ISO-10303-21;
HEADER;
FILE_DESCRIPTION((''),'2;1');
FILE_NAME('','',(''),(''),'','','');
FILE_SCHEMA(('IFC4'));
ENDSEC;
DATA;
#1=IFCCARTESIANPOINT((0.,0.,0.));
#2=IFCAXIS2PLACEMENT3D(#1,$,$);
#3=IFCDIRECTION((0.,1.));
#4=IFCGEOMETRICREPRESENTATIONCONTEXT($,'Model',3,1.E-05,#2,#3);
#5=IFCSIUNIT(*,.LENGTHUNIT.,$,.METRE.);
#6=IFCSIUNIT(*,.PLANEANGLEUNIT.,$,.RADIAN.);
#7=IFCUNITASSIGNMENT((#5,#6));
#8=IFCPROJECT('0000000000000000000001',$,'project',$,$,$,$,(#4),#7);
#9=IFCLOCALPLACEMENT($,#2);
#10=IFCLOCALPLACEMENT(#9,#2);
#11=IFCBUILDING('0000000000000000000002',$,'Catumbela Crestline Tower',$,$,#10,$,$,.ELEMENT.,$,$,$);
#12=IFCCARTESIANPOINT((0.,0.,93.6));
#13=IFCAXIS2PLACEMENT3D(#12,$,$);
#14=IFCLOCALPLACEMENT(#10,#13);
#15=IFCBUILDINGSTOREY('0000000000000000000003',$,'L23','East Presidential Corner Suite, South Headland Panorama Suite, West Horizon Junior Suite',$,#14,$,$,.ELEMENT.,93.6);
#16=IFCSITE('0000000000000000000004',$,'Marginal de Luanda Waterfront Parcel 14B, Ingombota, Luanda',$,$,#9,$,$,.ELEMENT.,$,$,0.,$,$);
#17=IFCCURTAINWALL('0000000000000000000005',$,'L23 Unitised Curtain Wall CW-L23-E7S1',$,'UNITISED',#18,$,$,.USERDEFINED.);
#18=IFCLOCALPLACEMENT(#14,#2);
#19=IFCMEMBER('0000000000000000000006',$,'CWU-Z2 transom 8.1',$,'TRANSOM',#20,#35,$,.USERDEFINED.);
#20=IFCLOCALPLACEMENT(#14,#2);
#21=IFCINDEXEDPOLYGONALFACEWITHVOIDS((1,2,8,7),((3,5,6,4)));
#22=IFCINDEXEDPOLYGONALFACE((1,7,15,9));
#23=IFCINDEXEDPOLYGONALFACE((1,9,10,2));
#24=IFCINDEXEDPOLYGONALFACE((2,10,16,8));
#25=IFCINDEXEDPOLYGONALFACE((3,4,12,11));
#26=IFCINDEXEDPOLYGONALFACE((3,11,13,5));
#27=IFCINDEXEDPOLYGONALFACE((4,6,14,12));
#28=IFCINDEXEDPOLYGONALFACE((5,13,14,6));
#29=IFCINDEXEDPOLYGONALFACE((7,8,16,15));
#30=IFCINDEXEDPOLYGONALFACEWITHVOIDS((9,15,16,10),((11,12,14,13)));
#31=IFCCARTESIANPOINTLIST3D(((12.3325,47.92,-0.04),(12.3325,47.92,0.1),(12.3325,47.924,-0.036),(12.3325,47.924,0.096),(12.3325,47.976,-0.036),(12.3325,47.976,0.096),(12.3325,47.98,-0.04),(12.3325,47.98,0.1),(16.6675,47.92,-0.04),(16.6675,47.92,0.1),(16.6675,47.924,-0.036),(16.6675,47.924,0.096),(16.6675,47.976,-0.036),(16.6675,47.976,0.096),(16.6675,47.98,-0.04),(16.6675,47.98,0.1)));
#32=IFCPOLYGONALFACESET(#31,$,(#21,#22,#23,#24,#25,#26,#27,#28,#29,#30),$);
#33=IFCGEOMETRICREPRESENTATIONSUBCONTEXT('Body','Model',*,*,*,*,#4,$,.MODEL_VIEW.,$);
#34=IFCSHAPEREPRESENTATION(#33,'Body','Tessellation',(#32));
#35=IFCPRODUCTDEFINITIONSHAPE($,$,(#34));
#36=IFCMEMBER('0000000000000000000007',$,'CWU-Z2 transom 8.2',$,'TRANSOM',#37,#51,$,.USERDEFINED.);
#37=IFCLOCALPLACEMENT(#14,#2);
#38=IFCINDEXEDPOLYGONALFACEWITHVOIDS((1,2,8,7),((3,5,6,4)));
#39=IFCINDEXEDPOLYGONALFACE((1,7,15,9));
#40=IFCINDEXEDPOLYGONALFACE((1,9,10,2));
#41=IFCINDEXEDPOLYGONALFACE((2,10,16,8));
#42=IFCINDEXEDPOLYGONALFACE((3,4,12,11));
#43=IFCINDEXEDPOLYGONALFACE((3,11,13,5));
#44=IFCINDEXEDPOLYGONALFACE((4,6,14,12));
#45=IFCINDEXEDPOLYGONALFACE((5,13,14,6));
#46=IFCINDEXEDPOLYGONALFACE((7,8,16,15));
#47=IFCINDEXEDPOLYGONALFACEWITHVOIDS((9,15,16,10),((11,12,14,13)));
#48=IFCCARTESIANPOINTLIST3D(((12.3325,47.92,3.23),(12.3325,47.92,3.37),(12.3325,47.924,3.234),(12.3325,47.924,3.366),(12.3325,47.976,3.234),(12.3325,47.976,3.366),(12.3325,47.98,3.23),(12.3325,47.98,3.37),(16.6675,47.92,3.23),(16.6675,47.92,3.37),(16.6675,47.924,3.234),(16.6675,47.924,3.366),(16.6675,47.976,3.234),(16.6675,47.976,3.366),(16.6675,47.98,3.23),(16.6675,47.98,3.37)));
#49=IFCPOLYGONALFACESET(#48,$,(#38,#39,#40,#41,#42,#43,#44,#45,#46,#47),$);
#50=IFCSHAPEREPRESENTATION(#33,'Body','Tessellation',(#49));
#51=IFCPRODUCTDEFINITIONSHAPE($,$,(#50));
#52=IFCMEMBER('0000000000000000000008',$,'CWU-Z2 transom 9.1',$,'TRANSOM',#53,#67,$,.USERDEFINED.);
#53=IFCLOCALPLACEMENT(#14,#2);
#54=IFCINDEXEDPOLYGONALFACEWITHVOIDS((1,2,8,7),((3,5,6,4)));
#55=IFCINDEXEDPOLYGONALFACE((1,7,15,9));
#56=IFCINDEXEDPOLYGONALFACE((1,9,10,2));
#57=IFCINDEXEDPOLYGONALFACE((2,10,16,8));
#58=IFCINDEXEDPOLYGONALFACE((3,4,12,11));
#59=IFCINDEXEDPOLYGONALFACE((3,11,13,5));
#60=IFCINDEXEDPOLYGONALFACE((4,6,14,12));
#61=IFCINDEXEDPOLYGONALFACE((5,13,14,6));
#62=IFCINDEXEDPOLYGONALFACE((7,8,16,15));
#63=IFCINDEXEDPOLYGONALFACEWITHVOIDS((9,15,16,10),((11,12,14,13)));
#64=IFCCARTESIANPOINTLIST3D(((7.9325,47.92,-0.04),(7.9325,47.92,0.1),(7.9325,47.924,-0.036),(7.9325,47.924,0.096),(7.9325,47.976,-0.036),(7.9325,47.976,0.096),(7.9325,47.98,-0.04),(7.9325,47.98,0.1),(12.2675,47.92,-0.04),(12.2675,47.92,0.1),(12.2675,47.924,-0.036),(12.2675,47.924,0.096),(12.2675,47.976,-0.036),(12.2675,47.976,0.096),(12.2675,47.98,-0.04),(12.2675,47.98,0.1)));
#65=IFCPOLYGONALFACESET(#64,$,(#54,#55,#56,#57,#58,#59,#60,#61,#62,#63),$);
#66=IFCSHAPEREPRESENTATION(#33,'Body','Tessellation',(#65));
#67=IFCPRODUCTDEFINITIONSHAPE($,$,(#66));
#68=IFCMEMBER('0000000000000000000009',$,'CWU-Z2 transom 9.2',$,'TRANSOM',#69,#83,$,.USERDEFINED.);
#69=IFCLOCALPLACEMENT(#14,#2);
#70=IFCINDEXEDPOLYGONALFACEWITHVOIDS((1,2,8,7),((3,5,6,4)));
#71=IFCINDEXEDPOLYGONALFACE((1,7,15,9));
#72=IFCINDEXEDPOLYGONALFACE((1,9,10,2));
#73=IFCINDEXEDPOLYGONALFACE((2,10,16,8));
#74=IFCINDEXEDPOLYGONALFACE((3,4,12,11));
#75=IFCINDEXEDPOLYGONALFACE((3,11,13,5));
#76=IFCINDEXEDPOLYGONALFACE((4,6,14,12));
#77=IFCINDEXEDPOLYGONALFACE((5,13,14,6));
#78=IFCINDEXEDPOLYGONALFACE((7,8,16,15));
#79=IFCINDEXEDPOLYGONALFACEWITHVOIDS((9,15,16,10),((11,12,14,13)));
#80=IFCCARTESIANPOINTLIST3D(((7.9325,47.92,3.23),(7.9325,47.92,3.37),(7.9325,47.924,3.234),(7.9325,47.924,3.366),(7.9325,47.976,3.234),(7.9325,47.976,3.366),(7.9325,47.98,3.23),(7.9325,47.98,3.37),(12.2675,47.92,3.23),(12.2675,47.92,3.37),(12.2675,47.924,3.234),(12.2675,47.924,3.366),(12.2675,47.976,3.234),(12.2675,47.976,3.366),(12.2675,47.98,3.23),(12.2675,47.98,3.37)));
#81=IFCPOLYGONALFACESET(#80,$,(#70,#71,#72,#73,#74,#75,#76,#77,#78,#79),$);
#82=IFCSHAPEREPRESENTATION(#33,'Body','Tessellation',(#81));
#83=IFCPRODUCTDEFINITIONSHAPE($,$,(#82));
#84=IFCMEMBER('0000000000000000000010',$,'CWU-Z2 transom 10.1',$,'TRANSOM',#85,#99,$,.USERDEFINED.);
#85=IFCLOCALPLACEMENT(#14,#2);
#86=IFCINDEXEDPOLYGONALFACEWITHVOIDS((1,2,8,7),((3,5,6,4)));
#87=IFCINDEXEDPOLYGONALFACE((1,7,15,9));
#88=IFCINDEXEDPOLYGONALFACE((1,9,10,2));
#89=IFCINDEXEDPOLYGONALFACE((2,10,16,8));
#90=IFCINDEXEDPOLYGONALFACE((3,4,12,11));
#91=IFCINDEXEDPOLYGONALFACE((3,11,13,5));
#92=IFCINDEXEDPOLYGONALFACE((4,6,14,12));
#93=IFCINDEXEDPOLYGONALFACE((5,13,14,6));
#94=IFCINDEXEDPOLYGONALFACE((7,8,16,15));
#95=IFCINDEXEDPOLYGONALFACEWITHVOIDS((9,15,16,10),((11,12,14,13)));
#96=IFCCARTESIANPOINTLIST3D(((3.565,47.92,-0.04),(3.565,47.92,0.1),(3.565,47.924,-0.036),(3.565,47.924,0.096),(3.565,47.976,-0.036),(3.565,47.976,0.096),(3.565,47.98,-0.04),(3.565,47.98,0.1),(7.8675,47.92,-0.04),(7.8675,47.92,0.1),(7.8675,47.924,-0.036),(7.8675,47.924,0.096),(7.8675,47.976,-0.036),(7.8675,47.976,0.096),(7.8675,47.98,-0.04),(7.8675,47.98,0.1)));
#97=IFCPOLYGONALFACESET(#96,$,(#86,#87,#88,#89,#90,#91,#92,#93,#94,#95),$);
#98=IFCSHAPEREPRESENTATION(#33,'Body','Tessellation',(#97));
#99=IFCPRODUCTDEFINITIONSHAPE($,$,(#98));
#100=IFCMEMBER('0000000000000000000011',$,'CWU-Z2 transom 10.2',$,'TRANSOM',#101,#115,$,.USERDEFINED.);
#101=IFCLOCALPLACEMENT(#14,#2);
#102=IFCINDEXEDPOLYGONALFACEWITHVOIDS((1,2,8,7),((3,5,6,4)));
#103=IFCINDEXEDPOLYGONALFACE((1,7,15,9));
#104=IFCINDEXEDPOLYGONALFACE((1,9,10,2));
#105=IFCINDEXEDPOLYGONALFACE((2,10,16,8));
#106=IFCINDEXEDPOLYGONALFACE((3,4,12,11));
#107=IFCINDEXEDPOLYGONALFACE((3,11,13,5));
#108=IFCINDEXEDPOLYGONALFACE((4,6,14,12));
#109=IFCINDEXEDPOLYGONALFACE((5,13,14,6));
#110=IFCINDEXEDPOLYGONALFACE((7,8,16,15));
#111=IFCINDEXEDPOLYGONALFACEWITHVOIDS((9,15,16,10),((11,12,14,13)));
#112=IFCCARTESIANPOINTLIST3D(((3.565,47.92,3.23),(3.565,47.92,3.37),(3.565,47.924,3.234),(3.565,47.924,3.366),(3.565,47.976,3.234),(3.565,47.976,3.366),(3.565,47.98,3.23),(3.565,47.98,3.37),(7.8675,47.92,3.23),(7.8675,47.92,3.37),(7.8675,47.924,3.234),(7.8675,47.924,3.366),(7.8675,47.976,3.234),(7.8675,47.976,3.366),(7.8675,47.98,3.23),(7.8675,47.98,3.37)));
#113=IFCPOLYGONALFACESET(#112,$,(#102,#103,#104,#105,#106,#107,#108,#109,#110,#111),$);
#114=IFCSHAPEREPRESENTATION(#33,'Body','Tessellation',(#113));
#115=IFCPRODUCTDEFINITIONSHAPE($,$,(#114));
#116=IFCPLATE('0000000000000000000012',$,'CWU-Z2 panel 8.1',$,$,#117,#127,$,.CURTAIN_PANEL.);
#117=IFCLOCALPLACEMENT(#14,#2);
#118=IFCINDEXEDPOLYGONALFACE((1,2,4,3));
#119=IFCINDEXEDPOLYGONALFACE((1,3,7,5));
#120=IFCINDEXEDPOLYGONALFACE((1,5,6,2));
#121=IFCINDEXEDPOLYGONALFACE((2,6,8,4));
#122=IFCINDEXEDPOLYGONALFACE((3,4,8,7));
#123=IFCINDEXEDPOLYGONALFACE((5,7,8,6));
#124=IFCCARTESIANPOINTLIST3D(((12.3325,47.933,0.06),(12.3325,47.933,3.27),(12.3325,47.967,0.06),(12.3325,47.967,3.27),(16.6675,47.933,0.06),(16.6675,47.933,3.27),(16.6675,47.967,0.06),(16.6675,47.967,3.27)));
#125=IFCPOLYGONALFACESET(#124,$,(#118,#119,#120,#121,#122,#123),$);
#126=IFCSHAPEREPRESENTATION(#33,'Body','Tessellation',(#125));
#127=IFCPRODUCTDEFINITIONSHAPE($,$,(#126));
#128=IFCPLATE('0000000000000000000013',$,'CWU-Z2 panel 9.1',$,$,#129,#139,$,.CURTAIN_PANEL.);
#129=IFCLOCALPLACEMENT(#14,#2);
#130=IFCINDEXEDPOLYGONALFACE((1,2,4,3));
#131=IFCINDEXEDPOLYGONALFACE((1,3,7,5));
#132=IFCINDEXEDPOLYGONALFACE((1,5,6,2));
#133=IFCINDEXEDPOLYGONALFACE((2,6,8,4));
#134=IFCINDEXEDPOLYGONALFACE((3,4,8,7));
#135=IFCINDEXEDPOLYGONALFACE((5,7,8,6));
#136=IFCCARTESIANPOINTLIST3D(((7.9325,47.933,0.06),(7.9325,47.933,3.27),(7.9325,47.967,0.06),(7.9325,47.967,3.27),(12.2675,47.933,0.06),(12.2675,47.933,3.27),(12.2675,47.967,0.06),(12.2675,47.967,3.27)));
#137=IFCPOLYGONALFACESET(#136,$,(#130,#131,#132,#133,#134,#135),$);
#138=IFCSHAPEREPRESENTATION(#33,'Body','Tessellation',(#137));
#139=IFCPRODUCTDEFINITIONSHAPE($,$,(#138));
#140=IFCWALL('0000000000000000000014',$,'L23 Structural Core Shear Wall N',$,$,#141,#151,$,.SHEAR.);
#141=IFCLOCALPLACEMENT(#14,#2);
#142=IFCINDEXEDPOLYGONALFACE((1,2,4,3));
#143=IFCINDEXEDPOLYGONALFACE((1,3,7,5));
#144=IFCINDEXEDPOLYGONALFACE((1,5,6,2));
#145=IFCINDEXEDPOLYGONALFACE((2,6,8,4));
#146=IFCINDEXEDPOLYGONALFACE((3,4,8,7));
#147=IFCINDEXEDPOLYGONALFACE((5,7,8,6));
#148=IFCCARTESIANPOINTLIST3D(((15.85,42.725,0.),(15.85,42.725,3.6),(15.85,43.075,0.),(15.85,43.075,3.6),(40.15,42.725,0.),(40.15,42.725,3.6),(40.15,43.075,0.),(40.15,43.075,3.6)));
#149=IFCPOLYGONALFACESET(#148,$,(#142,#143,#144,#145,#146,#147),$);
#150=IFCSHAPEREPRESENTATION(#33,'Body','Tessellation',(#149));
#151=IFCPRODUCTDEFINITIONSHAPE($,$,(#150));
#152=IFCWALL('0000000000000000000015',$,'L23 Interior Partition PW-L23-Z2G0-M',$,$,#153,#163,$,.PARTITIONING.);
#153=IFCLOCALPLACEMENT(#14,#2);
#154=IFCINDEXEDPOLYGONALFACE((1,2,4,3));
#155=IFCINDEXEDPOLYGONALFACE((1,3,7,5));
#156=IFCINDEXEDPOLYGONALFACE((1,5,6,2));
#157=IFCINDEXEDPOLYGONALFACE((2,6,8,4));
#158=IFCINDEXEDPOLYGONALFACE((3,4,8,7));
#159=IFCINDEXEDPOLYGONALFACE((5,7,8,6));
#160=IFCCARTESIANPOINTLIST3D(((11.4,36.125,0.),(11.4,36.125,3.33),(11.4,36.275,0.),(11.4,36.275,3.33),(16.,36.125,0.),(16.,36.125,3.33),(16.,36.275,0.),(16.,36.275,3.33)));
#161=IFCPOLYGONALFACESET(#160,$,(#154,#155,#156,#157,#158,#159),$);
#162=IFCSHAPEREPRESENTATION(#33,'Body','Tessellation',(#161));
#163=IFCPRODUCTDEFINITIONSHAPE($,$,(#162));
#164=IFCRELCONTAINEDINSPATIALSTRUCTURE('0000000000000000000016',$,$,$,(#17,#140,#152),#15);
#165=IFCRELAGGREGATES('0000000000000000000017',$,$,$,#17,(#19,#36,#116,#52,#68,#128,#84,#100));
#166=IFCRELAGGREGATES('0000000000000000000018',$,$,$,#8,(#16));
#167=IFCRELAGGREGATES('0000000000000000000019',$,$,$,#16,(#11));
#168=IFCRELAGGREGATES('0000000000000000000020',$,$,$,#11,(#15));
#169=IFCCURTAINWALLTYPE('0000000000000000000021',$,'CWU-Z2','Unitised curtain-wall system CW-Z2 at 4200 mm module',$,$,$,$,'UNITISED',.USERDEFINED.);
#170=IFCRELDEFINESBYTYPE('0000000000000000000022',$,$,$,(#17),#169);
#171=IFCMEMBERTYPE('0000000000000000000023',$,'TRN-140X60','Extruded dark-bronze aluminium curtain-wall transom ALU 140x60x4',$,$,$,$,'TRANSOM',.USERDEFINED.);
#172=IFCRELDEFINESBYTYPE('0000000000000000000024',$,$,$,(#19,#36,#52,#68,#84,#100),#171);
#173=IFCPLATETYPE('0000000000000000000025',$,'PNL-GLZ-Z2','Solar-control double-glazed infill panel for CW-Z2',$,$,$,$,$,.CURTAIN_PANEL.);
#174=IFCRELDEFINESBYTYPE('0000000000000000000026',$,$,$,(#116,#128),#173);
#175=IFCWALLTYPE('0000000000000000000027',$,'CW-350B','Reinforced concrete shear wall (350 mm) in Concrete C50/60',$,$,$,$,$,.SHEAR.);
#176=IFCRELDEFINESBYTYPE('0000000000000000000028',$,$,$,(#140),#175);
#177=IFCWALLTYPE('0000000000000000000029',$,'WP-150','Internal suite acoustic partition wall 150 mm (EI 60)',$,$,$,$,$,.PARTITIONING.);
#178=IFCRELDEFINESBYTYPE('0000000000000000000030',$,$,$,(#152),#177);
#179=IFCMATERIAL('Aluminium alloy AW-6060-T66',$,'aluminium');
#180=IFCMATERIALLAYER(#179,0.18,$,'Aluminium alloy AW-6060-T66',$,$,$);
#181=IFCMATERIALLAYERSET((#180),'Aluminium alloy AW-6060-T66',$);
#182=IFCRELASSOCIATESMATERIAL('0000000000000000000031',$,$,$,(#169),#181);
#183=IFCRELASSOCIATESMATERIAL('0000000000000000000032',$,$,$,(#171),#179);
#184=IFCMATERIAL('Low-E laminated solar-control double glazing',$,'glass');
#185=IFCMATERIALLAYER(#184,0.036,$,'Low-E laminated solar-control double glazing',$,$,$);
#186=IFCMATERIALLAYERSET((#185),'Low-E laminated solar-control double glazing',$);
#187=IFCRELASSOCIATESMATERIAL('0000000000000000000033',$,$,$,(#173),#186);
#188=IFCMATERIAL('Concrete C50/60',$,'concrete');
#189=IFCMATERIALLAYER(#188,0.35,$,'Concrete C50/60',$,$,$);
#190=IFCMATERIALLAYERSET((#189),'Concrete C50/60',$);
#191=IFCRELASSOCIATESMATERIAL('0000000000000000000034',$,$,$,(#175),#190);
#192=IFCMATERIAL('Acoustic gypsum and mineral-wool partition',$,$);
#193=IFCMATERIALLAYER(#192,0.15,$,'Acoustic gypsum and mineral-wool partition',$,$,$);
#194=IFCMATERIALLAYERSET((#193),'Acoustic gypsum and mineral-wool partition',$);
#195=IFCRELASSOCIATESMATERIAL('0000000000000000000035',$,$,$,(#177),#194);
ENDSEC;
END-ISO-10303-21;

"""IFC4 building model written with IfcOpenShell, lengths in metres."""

from ifc_helpers import new_model, si_unit, direction, frame, frame_2d, origin, origin_2d, place, context, subcontext, project, spatial, rectangle, hollow_rectangle, extrude, material, layer, layer_set, material_profile, profile_set, type_object, element, aggregate, save


model = new_model("IFC4")

# Units and contexts
model_context = context("Model", 3, precision=1e-05, world=origin(), true_north=direction((0.0, 1.0)))
body_context = subcontext(model_context, "Body", "Model", "MODEL_VIEW")
ifc_project = project(units=[si_unit("LENGTHUNIT", "METRE"), si_unit("PLANEANGLEUNIT", "RADIAN")], contexts=[model_context])

# Site, building, storey
site_placement = place(None, origin())
site = spatial("IfcSite", under=ifc_project, at=site_placement, Name="Marginal de Luanda Waterfront Parcel 14B, Ingombota, Luanda", CompositionType="ELEMENT", RefElevation=0.0)
building_placement = place(site_placement, origin())
building = spatial("IfcBuilding", under=site, at=building_placement, Name="Catumbela Crestline Tower", CompositionType="ELEMENT")
storey_placement = place(building_placement, frame((0.0, 0.0, 93.6)))
storey = spatial("IfcBuildingStorey", under=building, at=storey_placement, Name="L23", Description="East Presidential Corner Suite, South Headland Panorama Suite, West Horizon Junior Suite", CompositionType="ELEMENT", Elevation=93.6)

# Shared definitions
ifc_material_1 = material(Name="Concrete C50/60", Category="concrete")

# Curtain wall
ifc_material_2 = material(Name="Aluminium alloy AW-6060-T66", Category="aluminium")
ifc_layer_1 = layer(ifc_material_2, 0.18, Name="Aluminium alloy AW-6060-T66")
ifc_layer_set_1 = layer_set([ifc_layer_1], Name="Aluminium alloy AW-6060-T66")
curtain_wall_type = type_object("IfcCurtainWallType", Name="CWU-Z2", Description="Unitised curtain-wall system CW-Z2 at 4200 mm module", ElementType="UNITISED", PredefinedType="USERDEFINED", material=ifc_layer_set_1)
curtain_wall_placement = place(storey_placement, origin())
curtain_wall = element("IfcCurtainWall", 1, at=curtain_wall_placement, inside=storey, type_object=curtain_wall_type, Name="L23 Unitised Curtain Wall CW-L23-E7S1", ObjectType="UNITISED", PredefinedType="USERDEFINED")

# Members
ifc_material_profile_1 = material_profile(ifc_material_2, hollow_rectangle(XDim=0.06, YDim=0.14, WallThickness=0.004, at=origin_2d()), Name="ALU 140x60x4")
ifc_profile_set_1 = profile_set([ifc_material_profile_1], Name="Aluminium alloy AW-6060-T66")
member_type_1 = type_object("IfcMemberType", Name="TRN-140X60", Description="Extruded dark-bronze aluminium curtain-wall transom ALU 140x60x4", ElementType="TRANSOM", PredefinedType="USERDEFINED", material=ifc_profile_set_1)
member_1_placement = place(storey_placement, frame((16.6675, 47.95, 0.03), z_axis=(-1.0, 0.0, 0.0), x_axis=(0.0, -1.0, 0.0)))
member_1 = element("IfcMember", 2, at=member_1_placement, type_object=member_type_1, Name="CWU-Z2 transom 8.1", ObjectType="TRANSOM", PredefinedType="USERDEFINED", context=body_context, shape_type="SweptSolid", body=[
    extrude(hollow_rectangle(XDim=0.06, YDim=0.14, WallThickness=0.004, at=origin_2d()), origin(), (0.0, 0.0, 1.0), 4.335),
])
member_2_placement = place(storey_placement, frame((16.6675, 47.95, 3.3), z_axis=(-1.0, 0.0, 0.0), x_axis=(0.0, -1.0, 0.0)))
member_2 = element("IfcMember", 3, at=member_2_placement, type_object=member_type_1, Name="CWU-Z2 transom 8.2", ObjectType="TRANSOM", PredefinedType="USERDEFINED", context=body_context, shape_type="SweptSolid", body=[
    extrude(hollow_rectangle(XDim=0.06, YDim=0.14, WallThickness=0.004, at=origin_2d()), origin(), (0.0, 0.0, 1.0), 4.335),
])
member_3_placement = place(storey_placement, frame((12.2675, 47.95, 0.03), z_axis=(-1.0, 0.0, 0.0), x_axis=(0.0, -1.0, 0.0)))
member_3 = element("IfcMember", 4, at=member_3_placement, type_object=member_type_1, Name="CWU-Z2 transom 9.1", ObjectType="TRANSOM", PredefinedType="USERDEFINED", context=body_context, shape_type="SweptSolid", body=[
    extrude(hollow_rectangle(XDim=0.06, YDim=0.14, WallThickness=0.004, at=origin_2d()), origin(), (0.0, 0.0, 1.0), 4.335),
])
member_4_placement = place(storey_placement, frame((12.2675, 47.95, 3.3), z_axis=(-1.0, 0.0, 0.0), x_axis=(0.0, -1.0, 0.0)))
member_4 = element("IfcMember", 5, at=member_4_placement, type_object=member_type_1, Name="CWU-Z2 transom 9.2", ObjectType="TRANSOM", PredefinedType="USERDEFINED", context=body_context, shape_type="SweptSolid", body=[
    extrude(hollow_rectangle(XDim=0.06, YDim=0.14, WallThickness=0.004, at=origin_2d()), origin(), (0.0, 0.0, 1.0), 4.335),
])
member_5_placement = place(storey_placement, frame((7.8675, 47.95, 0.03), z_axis=(-1.0, 0.0, 0.0), x_axis=(0.0, -1.0, 0.0)))
member_5 = element("IfcMember", 6, at=member_5_placement, type_object=member_type_1, Name="CWU-Z2 transom 10.1", ObjectType="TRANSOM", PredefinedType="USERDEFINED", context=body_context, shape_type="SweptSolid", body=[
    extrude(hollow_rectangle(XDim=0.06, YDim=0.14, WallThickness=0.004, at=origin_2d()), origin(), (0.0, 0.0, 1.0), 4.3025),
])
member_6_placement = place(storey_placement, frame((7.8675, 47.95, 3.3), z_axis=(-1.0, 0.0, 0.0), x_axis=(0.0, -1.0, 0.0)))
member_6 = element("IfcMember", 7, at=member_6_placement, type_object=member_type_1, Name="CWU-Z2 transom 10.2", ObjectType="TRANSOM", PredefinedType="USERDEFINED", context=body_context, shape_type="SweptSolid", body=[
    extrude(hollow_rectangle(XDim=0.06, YDim=0.14, WallThickness=0.004, at=origin_2d()), origin(), (0.0, 0.0, 1.0), 4.3025),
])

# Plates
ifc_material_3 = material(Name="Low-E laminated solar-control double glazing", Category="glass")
ifc_layer_2 = layer(ifc_material_3, 0.036, Name="Low-E laminated solar-control double glazing")
ifc_layer_set_2 = layer_set([ifc_layer_2], Name="Low-E laminated solar-control double glazing")
plate_type = type_object("IfcPlateType", Name="PNL-GLZ-Z2", Description="Solar-control double-glazed infill panel for CW-Z2", PredefinedType="CURTAIN_PANEL", material=ifc_layer_set_2)
plate_1_placement = place(storey_placement, frame((14.5, 47.95, 0.06), z_axis=(0.0, 0.0, 1.0), x_axis=(-1.0, 0.0, 0.0)))
plate_1 = element("IfcPlate", 8, at=plate_1_placement, type_object=plate_type, Name="CWU-Z2 panel 8.1", PredefinedType="CURTAIN_PANEL", context=body_context, shape_type="SweptSolid", body=[
    extrude(rectangle(XDim=4.335, YDim=0.034, at=origin_2d()), origin(), (0.0, 0.0, 1.0), 3.21),
])
plate_2_placement = place(storey_placement, frame((10.1, 47.95, 0.06), z_axis=(0.0, 0.0, 1.0), x_axis=(-1.0, 0.0, 0.0)))
plate_2 = element("IfcPlate", 9, at=plate_2_placement, type_object=plate_type, Name="CWU-Z2 panel 9.1", PredefinedType="CURTAIN_PANEL", context=body_context, shape_type="SweptSolid", body=[
    extrude(rectangle(XDim=4.335, YDim=0.034, at=origin_2d()), origin(), (0.0, 0.0, 1.0), 3.21),
])
aggregate(curtain_wall, [member_1, member_2, plate_1, member_3, member_4, plate_2, member_5, member_6])

# Walls
ifc_layer_3 = layer(ifc_material_1, 0.35, Name="Concrete C50/60")
ifc_layer_set_3 = layer_set([ifc_layer_3], Name="Concrete C50/60")
wall_type_1 = type_object("IfcWallType", Name="CW-350B", Description="Reinforced concrete shear wall (350 mm) in Concrete C50/60", PredefinedType="SHEAR", material=ifc_layer_set_3)
wall_1_placement = place(storey_placement, frame((15.85, 42.9, 0.0), z_axis=(0.0, 0.0, 1.0), x_axis=(1.0, 0.0, 0.0)))
element("IfcWall", 10, at=wall_1_placement, inside=storey, type_object=wall_type_1, Name="L23 Structural Core Shear Wall N", PredefinedType="SHEAR", context=body_context, shape_type="SweptSolid", body=[
    extrude(rectangle(XDim=24.3, YDim=0.35, at=frame_2d((12.15, 0.0))), origin(), (0.0, 0.0, 1.0), 3.6),
])
ifc_material_4 = material(Name="Acoustic gypsum and mineral-wool partition")
ifc_layer_4 = layer(ifc_material_4, 0.15, Name="Acoustic gypsum and mineral-wool partition")
ifc_layer_set_4 = layer_set([ifc_layer_4], Name="Acoustic gypsum and mineral-wool partition")
wall_type_2 = type_object("IfcWallType", Name="WP-150", Description="Internal suite acoustic partition wall 150 mm (EI 60)", PredefinedType="PARTITIONING", material=ifc_layer_set_4)
wall_2_placement = place(storey_placement, frame((11.4, 36.2, 0.0), z_axis=(0.0, 0.0, 1.0), x_axis=(1.0, 0.0, 0.0)))
element("IfcWall", 11, at=wall_2_placement, inside=storey, type_object=wall_type_2, Name="L23 Interior Partition PW-L23-Z2G0-M", PredefinedType="PARTITIONING", context=body_context, shape_type="SweptSolid", body=[
    extrude(rectangle(XDim=4.6, YDim=0.15, at=frame_2d((2.3, 0.0))), origin(), (0.0, 0.0, 1.0), 3.33),
])

save(model, "model.ifc")
